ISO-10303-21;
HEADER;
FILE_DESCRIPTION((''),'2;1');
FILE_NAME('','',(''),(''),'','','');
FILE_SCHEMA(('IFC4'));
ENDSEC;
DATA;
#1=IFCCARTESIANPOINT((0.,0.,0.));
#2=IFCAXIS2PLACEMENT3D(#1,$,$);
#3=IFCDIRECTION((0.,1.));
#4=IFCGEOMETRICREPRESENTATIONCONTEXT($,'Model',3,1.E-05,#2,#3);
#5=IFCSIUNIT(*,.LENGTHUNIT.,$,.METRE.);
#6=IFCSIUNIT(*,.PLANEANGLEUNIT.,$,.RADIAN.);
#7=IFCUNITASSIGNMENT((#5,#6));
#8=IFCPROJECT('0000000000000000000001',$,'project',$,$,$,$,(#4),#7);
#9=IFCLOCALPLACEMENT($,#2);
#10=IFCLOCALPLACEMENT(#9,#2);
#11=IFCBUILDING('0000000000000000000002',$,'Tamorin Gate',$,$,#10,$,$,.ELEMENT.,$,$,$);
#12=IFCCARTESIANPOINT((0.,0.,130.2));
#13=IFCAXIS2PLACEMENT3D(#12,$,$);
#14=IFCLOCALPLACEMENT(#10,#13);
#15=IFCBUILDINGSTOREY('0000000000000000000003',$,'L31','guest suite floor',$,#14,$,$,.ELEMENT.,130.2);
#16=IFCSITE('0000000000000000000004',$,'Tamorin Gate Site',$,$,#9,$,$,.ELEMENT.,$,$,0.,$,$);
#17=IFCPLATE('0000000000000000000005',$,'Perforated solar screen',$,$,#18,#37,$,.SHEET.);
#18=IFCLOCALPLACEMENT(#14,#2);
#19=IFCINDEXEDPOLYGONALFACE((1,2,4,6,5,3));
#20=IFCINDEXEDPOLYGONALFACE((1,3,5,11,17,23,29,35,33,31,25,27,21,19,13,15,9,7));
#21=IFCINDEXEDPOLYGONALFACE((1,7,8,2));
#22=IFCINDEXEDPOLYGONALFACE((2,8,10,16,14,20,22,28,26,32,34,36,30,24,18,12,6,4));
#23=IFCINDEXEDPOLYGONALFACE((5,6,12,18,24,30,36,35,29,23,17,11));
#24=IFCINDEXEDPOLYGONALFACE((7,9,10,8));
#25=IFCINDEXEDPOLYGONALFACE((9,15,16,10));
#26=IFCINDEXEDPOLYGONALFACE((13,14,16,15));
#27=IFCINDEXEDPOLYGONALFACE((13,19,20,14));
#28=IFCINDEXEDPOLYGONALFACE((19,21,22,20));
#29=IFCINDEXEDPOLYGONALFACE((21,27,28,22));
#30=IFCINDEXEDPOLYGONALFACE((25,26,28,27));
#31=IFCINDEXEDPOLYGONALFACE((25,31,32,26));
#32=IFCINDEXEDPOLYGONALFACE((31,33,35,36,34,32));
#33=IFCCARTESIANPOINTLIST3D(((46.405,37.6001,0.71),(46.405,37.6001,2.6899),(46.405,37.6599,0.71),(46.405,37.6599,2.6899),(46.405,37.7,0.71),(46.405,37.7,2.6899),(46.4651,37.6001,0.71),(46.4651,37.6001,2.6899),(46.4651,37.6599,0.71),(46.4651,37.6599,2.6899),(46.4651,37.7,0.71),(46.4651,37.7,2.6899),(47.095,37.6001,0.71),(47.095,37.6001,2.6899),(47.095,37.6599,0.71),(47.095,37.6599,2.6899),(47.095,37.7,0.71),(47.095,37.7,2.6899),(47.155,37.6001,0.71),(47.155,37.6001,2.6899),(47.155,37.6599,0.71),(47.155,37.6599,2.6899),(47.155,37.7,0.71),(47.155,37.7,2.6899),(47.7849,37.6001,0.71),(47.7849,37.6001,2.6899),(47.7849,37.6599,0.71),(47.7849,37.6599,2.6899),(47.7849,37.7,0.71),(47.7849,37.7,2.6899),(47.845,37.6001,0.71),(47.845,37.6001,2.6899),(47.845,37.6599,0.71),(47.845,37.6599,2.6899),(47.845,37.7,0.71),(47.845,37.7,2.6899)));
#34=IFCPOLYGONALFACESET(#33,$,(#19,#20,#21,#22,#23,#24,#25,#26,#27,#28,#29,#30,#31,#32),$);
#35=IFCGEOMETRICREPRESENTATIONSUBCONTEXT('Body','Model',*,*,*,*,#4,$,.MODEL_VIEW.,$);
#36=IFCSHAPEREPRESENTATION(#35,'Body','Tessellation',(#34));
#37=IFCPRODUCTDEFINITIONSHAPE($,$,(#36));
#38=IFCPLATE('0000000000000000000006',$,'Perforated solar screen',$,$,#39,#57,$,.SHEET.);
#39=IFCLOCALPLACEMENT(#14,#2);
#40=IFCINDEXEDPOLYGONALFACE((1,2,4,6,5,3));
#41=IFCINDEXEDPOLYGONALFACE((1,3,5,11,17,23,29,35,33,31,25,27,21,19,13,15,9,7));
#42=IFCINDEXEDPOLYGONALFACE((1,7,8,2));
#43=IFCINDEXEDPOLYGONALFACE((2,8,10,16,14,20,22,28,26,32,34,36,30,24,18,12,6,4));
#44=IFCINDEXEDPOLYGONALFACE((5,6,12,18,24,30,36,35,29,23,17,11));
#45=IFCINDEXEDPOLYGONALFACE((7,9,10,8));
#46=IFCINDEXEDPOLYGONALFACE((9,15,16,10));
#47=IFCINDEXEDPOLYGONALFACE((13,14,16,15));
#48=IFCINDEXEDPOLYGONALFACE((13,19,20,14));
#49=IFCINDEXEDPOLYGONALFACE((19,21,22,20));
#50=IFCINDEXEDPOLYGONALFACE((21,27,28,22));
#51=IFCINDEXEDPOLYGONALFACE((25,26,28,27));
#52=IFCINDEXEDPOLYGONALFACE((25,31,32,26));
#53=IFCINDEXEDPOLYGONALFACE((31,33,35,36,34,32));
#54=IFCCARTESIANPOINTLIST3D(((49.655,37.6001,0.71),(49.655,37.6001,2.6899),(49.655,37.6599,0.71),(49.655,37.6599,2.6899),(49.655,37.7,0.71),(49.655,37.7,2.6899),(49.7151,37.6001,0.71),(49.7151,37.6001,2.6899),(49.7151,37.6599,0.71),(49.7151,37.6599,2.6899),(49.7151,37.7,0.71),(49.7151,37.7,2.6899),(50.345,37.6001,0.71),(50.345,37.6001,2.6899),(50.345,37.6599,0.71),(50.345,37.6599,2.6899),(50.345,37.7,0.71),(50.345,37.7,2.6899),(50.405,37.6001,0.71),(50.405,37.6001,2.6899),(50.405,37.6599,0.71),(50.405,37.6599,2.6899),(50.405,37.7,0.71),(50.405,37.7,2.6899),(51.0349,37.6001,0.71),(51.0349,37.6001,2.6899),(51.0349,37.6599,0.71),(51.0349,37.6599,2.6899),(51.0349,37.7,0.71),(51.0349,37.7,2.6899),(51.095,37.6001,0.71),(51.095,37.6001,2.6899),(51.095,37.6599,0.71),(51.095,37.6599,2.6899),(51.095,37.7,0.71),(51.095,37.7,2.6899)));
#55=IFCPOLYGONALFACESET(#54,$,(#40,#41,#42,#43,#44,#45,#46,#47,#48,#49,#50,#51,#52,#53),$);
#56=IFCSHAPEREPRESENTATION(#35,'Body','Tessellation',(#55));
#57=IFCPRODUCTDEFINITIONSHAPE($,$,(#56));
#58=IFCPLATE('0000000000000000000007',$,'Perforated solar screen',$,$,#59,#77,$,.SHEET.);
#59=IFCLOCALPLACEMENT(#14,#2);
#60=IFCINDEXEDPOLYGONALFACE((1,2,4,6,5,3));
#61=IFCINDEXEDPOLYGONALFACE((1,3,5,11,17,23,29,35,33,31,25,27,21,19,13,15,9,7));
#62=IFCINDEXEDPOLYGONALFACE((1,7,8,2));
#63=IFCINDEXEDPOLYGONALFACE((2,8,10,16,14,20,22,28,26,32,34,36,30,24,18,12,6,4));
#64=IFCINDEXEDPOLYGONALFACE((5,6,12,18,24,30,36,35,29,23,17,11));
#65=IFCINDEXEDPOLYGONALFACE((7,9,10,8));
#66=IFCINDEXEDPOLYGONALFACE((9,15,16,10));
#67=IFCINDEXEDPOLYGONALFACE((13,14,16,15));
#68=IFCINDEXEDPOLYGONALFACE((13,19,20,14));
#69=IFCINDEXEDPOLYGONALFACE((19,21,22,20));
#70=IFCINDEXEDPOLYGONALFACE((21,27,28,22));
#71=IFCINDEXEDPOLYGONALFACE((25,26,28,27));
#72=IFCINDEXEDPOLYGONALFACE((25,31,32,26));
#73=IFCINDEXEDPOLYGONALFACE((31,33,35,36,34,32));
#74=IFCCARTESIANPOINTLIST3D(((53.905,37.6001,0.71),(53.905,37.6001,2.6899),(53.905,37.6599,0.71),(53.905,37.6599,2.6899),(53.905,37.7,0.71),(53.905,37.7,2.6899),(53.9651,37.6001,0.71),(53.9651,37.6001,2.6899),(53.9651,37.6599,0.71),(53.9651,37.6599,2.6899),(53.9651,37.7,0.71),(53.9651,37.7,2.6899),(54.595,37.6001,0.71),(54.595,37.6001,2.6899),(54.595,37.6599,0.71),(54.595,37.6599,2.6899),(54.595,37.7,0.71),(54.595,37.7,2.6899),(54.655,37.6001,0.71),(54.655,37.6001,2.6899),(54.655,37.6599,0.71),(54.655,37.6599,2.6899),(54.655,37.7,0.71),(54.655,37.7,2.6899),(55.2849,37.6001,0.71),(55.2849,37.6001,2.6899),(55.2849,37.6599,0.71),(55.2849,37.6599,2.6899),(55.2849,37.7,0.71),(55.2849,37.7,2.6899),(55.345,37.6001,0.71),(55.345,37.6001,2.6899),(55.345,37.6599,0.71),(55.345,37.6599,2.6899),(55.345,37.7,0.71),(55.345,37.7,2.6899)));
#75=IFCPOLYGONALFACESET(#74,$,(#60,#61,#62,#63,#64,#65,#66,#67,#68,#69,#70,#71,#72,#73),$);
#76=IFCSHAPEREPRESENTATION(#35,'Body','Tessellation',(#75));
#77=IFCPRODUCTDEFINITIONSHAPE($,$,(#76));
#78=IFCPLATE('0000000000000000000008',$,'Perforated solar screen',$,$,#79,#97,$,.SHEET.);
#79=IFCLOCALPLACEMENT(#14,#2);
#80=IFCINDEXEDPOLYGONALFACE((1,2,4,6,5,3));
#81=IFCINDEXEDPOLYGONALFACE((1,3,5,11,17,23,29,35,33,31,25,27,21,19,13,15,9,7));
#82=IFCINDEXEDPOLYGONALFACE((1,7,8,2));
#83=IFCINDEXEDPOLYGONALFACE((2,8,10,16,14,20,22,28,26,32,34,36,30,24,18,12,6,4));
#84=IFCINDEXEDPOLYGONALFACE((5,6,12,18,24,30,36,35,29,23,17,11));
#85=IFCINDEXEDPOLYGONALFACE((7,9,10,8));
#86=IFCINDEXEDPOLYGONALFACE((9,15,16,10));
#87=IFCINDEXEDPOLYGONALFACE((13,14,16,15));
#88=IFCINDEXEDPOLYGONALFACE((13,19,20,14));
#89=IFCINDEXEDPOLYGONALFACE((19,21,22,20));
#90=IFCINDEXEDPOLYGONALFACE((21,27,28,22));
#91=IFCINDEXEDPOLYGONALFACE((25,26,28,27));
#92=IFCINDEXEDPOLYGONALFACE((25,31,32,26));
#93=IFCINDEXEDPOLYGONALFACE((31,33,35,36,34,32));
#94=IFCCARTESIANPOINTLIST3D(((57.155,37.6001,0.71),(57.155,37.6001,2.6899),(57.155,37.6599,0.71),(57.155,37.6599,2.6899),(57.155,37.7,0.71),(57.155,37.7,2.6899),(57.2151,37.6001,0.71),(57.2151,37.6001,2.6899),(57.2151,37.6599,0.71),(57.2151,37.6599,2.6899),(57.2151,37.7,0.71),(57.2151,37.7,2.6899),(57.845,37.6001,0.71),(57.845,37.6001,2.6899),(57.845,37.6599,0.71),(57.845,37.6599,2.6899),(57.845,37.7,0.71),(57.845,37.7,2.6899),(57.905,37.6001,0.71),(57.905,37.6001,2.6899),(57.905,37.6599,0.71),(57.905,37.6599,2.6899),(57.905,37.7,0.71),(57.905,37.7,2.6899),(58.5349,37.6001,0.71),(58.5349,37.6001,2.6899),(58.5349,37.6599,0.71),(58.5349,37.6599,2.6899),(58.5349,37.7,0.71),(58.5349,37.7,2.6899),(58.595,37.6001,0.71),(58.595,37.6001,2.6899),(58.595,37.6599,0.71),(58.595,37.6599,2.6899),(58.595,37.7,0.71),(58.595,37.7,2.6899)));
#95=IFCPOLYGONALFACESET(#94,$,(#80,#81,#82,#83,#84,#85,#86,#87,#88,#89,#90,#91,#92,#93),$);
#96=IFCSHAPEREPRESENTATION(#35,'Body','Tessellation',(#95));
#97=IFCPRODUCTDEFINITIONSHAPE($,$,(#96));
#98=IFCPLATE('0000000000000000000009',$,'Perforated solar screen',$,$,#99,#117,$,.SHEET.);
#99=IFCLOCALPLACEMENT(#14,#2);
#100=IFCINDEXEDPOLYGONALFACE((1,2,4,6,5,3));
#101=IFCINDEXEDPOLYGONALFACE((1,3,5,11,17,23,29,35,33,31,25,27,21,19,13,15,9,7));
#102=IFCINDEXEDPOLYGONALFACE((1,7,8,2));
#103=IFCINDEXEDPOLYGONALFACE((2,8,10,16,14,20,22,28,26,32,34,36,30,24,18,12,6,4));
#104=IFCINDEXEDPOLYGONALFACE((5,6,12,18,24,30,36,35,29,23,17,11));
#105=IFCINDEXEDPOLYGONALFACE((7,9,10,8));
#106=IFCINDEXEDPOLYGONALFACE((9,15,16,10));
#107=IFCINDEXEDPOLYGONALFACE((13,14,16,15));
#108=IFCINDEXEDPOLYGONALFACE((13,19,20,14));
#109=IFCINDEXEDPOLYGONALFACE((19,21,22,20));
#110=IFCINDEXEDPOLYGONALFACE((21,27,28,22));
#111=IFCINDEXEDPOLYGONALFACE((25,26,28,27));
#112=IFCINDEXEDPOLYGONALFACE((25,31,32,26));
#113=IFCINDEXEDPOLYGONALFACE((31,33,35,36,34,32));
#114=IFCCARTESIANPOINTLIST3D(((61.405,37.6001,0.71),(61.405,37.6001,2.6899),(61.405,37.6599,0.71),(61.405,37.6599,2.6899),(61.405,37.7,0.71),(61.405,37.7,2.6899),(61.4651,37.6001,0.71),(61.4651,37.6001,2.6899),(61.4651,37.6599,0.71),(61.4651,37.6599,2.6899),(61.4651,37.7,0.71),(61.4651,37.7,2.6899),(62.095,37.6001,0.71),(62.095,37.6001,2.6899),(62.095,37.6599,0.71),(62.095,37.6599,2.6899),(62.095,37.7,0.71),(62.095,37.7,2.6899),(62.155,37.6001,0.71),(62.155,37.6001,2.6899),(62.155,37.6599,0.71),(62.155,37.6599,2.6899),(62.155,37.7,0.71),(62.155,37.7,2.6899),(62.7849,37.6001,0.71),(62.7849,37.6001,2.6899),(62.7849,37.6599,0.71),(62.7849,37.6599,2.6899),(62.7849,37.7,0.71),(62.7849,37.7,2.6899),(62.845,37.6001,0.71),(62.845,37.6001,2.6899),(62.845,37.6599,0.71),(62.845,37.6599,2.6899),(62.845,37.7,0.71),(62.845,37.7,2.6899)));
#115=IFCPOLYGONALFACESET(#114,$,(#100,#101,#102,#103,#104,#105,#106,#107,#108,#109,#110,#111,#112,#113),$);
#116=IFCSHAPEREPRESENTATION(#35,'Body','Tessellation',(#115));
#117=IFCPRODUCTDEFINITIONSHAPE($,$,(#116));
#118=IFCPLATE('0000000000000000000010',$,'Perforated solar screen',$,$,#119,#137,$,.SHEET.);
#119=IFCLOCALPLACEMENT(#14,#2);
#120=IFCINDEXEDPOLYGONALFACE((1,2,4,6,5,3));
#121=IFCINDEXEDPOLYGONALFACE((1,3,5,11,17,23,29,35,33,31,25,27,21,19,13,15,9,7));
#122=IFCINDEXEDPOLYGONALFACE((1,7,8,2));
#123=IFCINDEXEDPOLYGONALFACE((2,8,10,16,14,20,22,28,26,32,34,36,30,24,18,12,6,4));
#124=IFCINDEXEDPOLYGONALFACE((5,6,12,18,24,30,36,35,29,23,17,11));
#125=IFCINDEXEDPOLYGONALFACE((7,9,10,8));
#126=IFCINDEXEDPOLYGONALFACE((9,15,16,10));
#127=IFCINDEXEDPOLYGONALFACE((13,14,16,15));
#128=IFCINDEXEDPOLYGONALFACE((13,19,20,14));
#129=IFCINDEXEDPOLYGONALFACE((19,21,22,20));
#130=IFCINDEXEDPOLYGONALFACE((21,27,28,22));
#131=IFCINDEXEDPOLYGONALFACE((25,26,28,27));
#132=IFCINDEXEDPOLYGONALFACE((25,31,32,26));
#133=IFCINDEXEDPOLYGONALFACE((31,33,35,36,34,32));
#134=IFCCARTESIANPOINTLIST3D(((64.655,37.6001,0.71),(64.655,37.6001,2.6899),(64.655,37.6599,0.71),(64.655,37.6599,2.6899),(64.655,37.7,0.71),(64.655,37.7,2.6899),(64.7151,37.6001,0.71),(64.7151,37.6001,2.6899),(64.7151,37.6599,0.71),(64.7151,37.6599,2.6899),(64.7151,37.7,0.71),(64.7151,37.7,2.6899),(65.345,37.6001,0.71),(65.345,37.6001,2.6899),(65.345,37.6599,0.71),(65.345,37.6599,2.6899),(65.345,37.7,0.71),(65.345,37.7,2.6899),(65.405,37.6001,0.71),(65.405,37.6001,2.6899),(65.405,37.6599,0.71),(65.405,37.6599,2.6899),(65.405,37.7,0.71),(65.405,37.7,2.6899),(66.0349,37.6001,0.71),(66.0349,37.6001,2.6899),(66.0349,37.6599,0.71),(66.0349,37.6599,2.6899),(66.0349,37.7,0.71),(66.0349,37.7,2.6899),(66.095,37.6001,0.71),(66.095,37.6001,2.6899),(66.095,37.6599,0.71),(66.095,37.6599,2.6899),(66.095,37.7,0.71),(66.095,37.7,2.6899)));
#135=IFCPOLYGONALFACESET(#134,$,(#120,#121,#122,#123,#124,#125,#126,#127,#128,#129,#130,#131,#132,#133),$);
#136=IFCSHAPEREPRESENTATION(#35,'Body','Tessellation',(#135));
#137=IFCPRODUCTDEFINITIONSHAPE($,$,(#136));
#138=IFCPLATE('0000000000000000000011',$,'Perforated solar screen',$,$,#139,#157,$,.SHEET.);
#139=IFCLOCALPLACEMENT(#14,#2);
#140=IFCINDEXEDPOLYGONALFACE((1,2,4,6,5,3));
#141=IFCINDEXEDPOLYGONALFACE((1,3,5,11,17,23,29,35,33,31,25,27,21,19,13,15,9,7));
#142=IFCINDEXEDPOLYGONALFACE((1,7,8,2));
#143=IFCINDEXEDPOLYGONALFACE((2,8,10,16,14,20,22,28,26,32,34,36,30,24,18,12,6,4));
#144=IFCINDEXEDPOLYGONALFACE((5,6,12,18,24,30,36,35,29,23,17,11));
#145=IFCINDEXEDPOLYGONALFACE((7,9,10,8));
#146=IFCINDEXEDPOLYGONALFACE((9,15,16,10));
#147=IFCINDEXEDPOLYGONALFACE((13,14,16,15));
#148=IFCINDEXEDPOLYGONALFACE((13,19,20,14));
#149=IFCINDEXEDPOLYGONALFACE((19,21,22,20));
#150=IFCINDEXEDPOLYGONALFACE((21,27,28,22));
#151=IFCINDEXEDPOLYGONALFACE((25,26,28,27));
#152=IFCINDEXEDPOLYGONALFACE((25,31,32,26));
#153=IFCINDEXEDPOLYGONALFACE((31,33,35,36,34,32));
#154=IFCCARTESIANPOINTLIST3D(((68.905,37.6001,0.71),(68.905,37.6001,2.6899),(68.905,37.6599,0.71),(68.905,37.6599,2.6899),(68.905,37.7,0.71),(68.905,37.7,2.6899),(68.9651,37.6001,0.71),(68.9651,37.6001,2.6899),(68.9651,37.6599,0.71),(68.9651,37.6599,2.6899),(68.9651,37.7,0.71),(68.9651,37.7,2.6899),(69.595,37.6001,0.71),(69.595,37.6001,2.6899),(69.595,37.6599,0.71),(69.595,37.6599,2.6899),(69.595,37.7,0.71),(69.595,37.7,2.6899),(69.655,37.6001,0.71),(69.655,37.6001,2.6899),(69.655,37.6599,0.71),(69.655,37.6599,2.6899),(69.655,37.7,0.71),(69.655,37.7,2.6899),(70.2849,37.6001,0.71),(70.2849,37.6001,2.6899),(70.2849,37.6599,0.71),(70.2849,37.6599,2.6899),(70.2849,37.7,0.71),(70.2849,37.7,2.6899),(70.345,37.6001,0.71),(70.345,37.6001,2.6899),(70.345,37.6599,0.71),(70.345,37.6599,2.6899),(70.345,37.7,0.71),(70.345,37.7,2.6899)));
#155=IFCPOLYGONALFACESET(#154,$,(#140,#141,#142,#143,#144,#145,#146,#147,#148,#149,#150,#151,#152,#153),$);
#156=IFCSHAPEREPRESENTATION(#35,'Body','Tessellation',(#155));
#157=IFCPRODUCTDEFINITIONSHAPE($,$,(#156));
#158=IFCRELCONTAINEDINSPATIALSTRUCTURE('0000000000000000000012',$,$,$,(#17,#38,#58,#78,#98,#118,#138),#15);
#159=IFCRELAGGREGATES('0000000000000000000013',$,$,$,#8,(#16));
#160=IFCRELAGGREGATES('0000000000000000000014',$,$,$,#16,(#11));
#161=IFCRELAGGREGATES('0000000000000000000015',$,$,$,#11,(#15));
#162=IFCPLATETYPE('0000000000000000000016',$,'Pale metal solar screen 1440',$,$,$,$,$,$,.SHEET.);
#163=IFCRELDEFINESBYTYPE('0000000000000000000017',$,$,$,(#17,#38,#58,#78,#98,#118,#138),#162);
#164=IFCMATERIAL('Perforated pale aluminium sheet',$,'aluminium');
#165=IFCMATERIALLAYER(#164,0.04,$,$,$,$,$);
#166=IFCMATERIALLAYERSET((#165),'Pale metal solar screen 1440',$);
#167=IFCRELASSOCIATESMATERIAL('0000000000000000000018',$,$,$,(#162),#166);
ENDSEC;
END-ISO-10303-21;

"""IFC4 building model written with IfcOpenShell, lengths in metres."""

from ifc_helpers import new_model, si_unit, direction, frame, origin, place, context, subcontext, project, spatial, polyline, outline, extrude, material, layer, layer_set, type_object, element, save


model = new_model("IFC4")

# Units and contexts
model_context = context("Model", 3, precision=1e-05, world=origin(), true_north=direction((0.0, 1.0)))
body_context = subcontext(model_context, "Body", "Model", "MODEL_VIEW")
ifc_project = project(units=[si_unit("LENGTHUNIT", "METRE"), si_unit("PLANEANGLEUNIT", "RADIAN")], contexts=[model_context])

# Site, building, storey
site_placement = place(None, origin())
site = spatial("IfcSite", under=ifc_project, at=site_placement, Name="Tamorin Gate Site", CompositionType="ELEMENT", RefElevation=0.0)
building_placement = place(site_placement, origin())
building = spatial("IfcBuilding", under=site, at=building_placement, Name="Tamorin Gate", CompositionType="ELEMENT")
storey_placement = place(building_placement, frame((0.0, 0.0, 130.2)))
storey = spatial("IfcBuildingStorey", under=building, at=storey_placement, Name="L31", Description="guest suite floor", CompositionType="ELEMENT", Elevation=130.2)

# Plates
ifc_material_1 = material(Name="Perforated pale aluminium sheet", Category="aluminium")
ifc_layer_1 = layer(ifc_material_1, 0.04)
ifc_layer_set_1 = layer_set([ifc_layer_1], Name="Pale metal solar screen 1440")
plate_type_1 = type_object("IfcPlateType", Name="Pale metal solar screen 1440", PredefinedType="SHEET", material=ifc_layer_set_1)
plate_1_placement = place(storey_placement, frame((0.0, 0.0, 0.71)))
element("IfcPlate", 1, at=plate_1_placement, inside=storey, type_object=plate_type_1, Name="Perforated solar screen", PredefinedType="SHEET", context=body_context, shape_type="SweptSolid", body=[
    extrude(outline(polyline([(46.405, 37.6599), (46.405, 37.7), (46.4651, 37.7), (47.095, 37.7), (47.155, 37.7), (47.7849, 37.7), (47.845, 37.7), (47.845, 37.6599), (47.845, 37.6001), (47.7849, 37.6001), (47.7849, 37.6599), (47.155, 37.6599), (47.155, 37.6001), (47.095, 37.6001), (47.095, 37.6599), (46.4651, 37.6599), (46.4651, 37.6001), (46.405, 37.6001), (46.405, 37.6599)])), origin(), (0.0, 0.0, 1.0), 1.98),
])
plate_2_placement = place(storey_placement, frame((0.0, 0.0, 0.71)))
element("IfcPlate", 2, at=plate_2_placement, inside=storey, type_object=plate_type_1, Name="Perforated solar screen", PredefinedType="SHEET", context=body_context, shape_type="SweptSolid", body=[
    extrude(outline(polyline([(49.655, 37.6599), (49.655, 37.7), (49.7151, 37.7), (50.345, 37.7), (50.405, 37.7), (51.0349, 37.7), (51.095, 37.7), (51.095, 37.6599), (51.095, 37.6001), (51.0349, 37.6001), (51.0349, 37.6599), (50.405, 37.6599), (50.405, 37.6001), (50.345, 37.6001), (50.345, 37.6599), (49.7151, 37.6599), (49.7151, 37.6001), (49.655, 37.6001), (49.655, 37.6599)])), origin(), (0.0, 0.0, 1.0), 1.98),
])
plate_3_placement = place(storey_placement, frame((0.0, 0.0, 0.71)))
element("IfcPlate", 3, at=plate_3_placement, inside=storey, type_object=plate_type_1, Name="Perforated solar screen", PredefinedType="SHEET", context=body_context, shape_type="SweptSolid", body=[
    extrude(outline(polyline([(53.905, 37.6599), (53.905, 37.7), (53.9651, 37.7), (54.595, 37.7), (54.655, 37.7), (55.2849, 37.7), (55.345, 37.7), (55.345, 37.6599), (55.345, 37.6001), (55.2849, 37.6001), (55.2849, 37.6599), (54.655, 37.6599), (54.655, 37.6001), (54.595, 37.6001), (54.595, 37.6599), (53.9651, 37.6599), (53.9651, 37.6001), (53.905, 37.6001), (53.905, 37.6599)])), origin(), (0.0, 0.0, 1.0), 1.98),
])
plate_4_placement = place(storey_placement, frame((0.0, 0.0, 0.71)))
element("IfcPlate", 4, at=plate_4_placement, inside=storey, type_object=plate_type_1, Name="Perforated solar screen", PredefinedType="SHEET", context=body_context, shape_type="SweptSolid", body=[
    extrude(outline(polyline([(57.155, 37.6599), (57.155, 37.7), (57.2151, 37.7), (57.845, 37.7), (57.905, 37.7), (58.5349, 37.7), (58.595, 37.7), (58.595, 37.6599), (58.595, 37.6001), (58.5349, 37.6001), (58.5349, 37.6599), (57.905, 37.6599), (57.905, 37.6001), (57.845, 37.6001), (57.845, 37.6599), (57.2151, 37.6599), (57.2151, 37.6001), (57.155, 37.6001), (57.155, 37.6599)])), origin(), (0.0, 0.0, 1.0), 1.98),
])
plate_5_placement = place(storey_placement, frame((0.0, 0.0, 0.71)))
element("IfcPlate", 5, at=plate_5_placement, inside=storey, type_object=plate_type_1, Name="Perforated solar screen", PredefinedType="SHEET", context=body_context, shape_type="SweptSolid", body=[
    extrude(outline(polyline([(61.405, 37.6599), (61.405, 37.7), (61.4651, 37.7), (62.095, 37.7), (62.155, 37.7), (62.7849, 37.7), (62.845, 37.7), (62.845, 37.6599), (62.845, 37.6001), (62.7849, 37.6001), (62.7849, 37.6599), (62.155, 37.6599), (62.155, 37.6001), (62.095, 37.6001), (62.095, 37.6599), (61.4651, 37.6599), (61.4651, 37.6001), (61.405, 37.6001), (61.405, 37.6599)])), origin(), (0.0, 0.0, 1.0), 1.98),
])
plate_6_placement = place(storey_placement, frame((0.0, 0.0, 0.71)))
element("IfcPlate", 6, at=plate_6_placement, inside=storey, type_object=plate_type_1, Name="Perforated solar screen", PredefinedType="SHEET", context=body_context, shape_type="SweptSolid", body=[
    extrude(outline(polyline([(64.655, 37.6599), (64.655, 37.7), (64.7151, 37.7), (65.345, 37.7), (65.405, 37.7), (66.0349, 37.7), (66.095, 37.7), (66.095, 37.6599), (66.095, 37.6001), (66.0349, 37.6001), (66.0349, 37.6599), (65.405, 37.6599), (65.405, 37.6001), (65.345, 37.6001), (65.345, 37.6599), (64.7151, 37.6599), (64.7151, 37.6001), (64.655, 37.6001), (64.655, 37.6599)])), origin(), (0.0, 0.0, 1.0), 1.98),
])
plate_7_placement = place(storey_placement, frame((0.0, 0.0, 0.71)))
element("IfcPlate", 7, at=plate_7_placement, inside=storey, type_object=plate_type_1, Name="Perforated solar screen", PredefinedType="SHEET", context=body_context, shape_type="SweptSolid", body=[
    extrude(outline(polyline([(68.905, 37.6599), (68.905, 37.7), (68.9651, 37.7), (69.595, 37.7), (69.655, 37.7), (70.2849, 37.7), (70.345, 37.7), (70.345, 37.6599), (70.345, 37.6001), (70.2849, 37.6001), (70.2849, 37.6599), (69.655, 37.6599), (69.655, 37.6001), (69.595, 37.6001), (69.595, 37.6599), (68.9651, 37.6599), (68.9651, 37.6001), (68.905, 37.6001), (68.905, 37.6599)])), origin(), (0.0, 0.0, 1.0), 1.98),
])

save(model, "model.ifc")
